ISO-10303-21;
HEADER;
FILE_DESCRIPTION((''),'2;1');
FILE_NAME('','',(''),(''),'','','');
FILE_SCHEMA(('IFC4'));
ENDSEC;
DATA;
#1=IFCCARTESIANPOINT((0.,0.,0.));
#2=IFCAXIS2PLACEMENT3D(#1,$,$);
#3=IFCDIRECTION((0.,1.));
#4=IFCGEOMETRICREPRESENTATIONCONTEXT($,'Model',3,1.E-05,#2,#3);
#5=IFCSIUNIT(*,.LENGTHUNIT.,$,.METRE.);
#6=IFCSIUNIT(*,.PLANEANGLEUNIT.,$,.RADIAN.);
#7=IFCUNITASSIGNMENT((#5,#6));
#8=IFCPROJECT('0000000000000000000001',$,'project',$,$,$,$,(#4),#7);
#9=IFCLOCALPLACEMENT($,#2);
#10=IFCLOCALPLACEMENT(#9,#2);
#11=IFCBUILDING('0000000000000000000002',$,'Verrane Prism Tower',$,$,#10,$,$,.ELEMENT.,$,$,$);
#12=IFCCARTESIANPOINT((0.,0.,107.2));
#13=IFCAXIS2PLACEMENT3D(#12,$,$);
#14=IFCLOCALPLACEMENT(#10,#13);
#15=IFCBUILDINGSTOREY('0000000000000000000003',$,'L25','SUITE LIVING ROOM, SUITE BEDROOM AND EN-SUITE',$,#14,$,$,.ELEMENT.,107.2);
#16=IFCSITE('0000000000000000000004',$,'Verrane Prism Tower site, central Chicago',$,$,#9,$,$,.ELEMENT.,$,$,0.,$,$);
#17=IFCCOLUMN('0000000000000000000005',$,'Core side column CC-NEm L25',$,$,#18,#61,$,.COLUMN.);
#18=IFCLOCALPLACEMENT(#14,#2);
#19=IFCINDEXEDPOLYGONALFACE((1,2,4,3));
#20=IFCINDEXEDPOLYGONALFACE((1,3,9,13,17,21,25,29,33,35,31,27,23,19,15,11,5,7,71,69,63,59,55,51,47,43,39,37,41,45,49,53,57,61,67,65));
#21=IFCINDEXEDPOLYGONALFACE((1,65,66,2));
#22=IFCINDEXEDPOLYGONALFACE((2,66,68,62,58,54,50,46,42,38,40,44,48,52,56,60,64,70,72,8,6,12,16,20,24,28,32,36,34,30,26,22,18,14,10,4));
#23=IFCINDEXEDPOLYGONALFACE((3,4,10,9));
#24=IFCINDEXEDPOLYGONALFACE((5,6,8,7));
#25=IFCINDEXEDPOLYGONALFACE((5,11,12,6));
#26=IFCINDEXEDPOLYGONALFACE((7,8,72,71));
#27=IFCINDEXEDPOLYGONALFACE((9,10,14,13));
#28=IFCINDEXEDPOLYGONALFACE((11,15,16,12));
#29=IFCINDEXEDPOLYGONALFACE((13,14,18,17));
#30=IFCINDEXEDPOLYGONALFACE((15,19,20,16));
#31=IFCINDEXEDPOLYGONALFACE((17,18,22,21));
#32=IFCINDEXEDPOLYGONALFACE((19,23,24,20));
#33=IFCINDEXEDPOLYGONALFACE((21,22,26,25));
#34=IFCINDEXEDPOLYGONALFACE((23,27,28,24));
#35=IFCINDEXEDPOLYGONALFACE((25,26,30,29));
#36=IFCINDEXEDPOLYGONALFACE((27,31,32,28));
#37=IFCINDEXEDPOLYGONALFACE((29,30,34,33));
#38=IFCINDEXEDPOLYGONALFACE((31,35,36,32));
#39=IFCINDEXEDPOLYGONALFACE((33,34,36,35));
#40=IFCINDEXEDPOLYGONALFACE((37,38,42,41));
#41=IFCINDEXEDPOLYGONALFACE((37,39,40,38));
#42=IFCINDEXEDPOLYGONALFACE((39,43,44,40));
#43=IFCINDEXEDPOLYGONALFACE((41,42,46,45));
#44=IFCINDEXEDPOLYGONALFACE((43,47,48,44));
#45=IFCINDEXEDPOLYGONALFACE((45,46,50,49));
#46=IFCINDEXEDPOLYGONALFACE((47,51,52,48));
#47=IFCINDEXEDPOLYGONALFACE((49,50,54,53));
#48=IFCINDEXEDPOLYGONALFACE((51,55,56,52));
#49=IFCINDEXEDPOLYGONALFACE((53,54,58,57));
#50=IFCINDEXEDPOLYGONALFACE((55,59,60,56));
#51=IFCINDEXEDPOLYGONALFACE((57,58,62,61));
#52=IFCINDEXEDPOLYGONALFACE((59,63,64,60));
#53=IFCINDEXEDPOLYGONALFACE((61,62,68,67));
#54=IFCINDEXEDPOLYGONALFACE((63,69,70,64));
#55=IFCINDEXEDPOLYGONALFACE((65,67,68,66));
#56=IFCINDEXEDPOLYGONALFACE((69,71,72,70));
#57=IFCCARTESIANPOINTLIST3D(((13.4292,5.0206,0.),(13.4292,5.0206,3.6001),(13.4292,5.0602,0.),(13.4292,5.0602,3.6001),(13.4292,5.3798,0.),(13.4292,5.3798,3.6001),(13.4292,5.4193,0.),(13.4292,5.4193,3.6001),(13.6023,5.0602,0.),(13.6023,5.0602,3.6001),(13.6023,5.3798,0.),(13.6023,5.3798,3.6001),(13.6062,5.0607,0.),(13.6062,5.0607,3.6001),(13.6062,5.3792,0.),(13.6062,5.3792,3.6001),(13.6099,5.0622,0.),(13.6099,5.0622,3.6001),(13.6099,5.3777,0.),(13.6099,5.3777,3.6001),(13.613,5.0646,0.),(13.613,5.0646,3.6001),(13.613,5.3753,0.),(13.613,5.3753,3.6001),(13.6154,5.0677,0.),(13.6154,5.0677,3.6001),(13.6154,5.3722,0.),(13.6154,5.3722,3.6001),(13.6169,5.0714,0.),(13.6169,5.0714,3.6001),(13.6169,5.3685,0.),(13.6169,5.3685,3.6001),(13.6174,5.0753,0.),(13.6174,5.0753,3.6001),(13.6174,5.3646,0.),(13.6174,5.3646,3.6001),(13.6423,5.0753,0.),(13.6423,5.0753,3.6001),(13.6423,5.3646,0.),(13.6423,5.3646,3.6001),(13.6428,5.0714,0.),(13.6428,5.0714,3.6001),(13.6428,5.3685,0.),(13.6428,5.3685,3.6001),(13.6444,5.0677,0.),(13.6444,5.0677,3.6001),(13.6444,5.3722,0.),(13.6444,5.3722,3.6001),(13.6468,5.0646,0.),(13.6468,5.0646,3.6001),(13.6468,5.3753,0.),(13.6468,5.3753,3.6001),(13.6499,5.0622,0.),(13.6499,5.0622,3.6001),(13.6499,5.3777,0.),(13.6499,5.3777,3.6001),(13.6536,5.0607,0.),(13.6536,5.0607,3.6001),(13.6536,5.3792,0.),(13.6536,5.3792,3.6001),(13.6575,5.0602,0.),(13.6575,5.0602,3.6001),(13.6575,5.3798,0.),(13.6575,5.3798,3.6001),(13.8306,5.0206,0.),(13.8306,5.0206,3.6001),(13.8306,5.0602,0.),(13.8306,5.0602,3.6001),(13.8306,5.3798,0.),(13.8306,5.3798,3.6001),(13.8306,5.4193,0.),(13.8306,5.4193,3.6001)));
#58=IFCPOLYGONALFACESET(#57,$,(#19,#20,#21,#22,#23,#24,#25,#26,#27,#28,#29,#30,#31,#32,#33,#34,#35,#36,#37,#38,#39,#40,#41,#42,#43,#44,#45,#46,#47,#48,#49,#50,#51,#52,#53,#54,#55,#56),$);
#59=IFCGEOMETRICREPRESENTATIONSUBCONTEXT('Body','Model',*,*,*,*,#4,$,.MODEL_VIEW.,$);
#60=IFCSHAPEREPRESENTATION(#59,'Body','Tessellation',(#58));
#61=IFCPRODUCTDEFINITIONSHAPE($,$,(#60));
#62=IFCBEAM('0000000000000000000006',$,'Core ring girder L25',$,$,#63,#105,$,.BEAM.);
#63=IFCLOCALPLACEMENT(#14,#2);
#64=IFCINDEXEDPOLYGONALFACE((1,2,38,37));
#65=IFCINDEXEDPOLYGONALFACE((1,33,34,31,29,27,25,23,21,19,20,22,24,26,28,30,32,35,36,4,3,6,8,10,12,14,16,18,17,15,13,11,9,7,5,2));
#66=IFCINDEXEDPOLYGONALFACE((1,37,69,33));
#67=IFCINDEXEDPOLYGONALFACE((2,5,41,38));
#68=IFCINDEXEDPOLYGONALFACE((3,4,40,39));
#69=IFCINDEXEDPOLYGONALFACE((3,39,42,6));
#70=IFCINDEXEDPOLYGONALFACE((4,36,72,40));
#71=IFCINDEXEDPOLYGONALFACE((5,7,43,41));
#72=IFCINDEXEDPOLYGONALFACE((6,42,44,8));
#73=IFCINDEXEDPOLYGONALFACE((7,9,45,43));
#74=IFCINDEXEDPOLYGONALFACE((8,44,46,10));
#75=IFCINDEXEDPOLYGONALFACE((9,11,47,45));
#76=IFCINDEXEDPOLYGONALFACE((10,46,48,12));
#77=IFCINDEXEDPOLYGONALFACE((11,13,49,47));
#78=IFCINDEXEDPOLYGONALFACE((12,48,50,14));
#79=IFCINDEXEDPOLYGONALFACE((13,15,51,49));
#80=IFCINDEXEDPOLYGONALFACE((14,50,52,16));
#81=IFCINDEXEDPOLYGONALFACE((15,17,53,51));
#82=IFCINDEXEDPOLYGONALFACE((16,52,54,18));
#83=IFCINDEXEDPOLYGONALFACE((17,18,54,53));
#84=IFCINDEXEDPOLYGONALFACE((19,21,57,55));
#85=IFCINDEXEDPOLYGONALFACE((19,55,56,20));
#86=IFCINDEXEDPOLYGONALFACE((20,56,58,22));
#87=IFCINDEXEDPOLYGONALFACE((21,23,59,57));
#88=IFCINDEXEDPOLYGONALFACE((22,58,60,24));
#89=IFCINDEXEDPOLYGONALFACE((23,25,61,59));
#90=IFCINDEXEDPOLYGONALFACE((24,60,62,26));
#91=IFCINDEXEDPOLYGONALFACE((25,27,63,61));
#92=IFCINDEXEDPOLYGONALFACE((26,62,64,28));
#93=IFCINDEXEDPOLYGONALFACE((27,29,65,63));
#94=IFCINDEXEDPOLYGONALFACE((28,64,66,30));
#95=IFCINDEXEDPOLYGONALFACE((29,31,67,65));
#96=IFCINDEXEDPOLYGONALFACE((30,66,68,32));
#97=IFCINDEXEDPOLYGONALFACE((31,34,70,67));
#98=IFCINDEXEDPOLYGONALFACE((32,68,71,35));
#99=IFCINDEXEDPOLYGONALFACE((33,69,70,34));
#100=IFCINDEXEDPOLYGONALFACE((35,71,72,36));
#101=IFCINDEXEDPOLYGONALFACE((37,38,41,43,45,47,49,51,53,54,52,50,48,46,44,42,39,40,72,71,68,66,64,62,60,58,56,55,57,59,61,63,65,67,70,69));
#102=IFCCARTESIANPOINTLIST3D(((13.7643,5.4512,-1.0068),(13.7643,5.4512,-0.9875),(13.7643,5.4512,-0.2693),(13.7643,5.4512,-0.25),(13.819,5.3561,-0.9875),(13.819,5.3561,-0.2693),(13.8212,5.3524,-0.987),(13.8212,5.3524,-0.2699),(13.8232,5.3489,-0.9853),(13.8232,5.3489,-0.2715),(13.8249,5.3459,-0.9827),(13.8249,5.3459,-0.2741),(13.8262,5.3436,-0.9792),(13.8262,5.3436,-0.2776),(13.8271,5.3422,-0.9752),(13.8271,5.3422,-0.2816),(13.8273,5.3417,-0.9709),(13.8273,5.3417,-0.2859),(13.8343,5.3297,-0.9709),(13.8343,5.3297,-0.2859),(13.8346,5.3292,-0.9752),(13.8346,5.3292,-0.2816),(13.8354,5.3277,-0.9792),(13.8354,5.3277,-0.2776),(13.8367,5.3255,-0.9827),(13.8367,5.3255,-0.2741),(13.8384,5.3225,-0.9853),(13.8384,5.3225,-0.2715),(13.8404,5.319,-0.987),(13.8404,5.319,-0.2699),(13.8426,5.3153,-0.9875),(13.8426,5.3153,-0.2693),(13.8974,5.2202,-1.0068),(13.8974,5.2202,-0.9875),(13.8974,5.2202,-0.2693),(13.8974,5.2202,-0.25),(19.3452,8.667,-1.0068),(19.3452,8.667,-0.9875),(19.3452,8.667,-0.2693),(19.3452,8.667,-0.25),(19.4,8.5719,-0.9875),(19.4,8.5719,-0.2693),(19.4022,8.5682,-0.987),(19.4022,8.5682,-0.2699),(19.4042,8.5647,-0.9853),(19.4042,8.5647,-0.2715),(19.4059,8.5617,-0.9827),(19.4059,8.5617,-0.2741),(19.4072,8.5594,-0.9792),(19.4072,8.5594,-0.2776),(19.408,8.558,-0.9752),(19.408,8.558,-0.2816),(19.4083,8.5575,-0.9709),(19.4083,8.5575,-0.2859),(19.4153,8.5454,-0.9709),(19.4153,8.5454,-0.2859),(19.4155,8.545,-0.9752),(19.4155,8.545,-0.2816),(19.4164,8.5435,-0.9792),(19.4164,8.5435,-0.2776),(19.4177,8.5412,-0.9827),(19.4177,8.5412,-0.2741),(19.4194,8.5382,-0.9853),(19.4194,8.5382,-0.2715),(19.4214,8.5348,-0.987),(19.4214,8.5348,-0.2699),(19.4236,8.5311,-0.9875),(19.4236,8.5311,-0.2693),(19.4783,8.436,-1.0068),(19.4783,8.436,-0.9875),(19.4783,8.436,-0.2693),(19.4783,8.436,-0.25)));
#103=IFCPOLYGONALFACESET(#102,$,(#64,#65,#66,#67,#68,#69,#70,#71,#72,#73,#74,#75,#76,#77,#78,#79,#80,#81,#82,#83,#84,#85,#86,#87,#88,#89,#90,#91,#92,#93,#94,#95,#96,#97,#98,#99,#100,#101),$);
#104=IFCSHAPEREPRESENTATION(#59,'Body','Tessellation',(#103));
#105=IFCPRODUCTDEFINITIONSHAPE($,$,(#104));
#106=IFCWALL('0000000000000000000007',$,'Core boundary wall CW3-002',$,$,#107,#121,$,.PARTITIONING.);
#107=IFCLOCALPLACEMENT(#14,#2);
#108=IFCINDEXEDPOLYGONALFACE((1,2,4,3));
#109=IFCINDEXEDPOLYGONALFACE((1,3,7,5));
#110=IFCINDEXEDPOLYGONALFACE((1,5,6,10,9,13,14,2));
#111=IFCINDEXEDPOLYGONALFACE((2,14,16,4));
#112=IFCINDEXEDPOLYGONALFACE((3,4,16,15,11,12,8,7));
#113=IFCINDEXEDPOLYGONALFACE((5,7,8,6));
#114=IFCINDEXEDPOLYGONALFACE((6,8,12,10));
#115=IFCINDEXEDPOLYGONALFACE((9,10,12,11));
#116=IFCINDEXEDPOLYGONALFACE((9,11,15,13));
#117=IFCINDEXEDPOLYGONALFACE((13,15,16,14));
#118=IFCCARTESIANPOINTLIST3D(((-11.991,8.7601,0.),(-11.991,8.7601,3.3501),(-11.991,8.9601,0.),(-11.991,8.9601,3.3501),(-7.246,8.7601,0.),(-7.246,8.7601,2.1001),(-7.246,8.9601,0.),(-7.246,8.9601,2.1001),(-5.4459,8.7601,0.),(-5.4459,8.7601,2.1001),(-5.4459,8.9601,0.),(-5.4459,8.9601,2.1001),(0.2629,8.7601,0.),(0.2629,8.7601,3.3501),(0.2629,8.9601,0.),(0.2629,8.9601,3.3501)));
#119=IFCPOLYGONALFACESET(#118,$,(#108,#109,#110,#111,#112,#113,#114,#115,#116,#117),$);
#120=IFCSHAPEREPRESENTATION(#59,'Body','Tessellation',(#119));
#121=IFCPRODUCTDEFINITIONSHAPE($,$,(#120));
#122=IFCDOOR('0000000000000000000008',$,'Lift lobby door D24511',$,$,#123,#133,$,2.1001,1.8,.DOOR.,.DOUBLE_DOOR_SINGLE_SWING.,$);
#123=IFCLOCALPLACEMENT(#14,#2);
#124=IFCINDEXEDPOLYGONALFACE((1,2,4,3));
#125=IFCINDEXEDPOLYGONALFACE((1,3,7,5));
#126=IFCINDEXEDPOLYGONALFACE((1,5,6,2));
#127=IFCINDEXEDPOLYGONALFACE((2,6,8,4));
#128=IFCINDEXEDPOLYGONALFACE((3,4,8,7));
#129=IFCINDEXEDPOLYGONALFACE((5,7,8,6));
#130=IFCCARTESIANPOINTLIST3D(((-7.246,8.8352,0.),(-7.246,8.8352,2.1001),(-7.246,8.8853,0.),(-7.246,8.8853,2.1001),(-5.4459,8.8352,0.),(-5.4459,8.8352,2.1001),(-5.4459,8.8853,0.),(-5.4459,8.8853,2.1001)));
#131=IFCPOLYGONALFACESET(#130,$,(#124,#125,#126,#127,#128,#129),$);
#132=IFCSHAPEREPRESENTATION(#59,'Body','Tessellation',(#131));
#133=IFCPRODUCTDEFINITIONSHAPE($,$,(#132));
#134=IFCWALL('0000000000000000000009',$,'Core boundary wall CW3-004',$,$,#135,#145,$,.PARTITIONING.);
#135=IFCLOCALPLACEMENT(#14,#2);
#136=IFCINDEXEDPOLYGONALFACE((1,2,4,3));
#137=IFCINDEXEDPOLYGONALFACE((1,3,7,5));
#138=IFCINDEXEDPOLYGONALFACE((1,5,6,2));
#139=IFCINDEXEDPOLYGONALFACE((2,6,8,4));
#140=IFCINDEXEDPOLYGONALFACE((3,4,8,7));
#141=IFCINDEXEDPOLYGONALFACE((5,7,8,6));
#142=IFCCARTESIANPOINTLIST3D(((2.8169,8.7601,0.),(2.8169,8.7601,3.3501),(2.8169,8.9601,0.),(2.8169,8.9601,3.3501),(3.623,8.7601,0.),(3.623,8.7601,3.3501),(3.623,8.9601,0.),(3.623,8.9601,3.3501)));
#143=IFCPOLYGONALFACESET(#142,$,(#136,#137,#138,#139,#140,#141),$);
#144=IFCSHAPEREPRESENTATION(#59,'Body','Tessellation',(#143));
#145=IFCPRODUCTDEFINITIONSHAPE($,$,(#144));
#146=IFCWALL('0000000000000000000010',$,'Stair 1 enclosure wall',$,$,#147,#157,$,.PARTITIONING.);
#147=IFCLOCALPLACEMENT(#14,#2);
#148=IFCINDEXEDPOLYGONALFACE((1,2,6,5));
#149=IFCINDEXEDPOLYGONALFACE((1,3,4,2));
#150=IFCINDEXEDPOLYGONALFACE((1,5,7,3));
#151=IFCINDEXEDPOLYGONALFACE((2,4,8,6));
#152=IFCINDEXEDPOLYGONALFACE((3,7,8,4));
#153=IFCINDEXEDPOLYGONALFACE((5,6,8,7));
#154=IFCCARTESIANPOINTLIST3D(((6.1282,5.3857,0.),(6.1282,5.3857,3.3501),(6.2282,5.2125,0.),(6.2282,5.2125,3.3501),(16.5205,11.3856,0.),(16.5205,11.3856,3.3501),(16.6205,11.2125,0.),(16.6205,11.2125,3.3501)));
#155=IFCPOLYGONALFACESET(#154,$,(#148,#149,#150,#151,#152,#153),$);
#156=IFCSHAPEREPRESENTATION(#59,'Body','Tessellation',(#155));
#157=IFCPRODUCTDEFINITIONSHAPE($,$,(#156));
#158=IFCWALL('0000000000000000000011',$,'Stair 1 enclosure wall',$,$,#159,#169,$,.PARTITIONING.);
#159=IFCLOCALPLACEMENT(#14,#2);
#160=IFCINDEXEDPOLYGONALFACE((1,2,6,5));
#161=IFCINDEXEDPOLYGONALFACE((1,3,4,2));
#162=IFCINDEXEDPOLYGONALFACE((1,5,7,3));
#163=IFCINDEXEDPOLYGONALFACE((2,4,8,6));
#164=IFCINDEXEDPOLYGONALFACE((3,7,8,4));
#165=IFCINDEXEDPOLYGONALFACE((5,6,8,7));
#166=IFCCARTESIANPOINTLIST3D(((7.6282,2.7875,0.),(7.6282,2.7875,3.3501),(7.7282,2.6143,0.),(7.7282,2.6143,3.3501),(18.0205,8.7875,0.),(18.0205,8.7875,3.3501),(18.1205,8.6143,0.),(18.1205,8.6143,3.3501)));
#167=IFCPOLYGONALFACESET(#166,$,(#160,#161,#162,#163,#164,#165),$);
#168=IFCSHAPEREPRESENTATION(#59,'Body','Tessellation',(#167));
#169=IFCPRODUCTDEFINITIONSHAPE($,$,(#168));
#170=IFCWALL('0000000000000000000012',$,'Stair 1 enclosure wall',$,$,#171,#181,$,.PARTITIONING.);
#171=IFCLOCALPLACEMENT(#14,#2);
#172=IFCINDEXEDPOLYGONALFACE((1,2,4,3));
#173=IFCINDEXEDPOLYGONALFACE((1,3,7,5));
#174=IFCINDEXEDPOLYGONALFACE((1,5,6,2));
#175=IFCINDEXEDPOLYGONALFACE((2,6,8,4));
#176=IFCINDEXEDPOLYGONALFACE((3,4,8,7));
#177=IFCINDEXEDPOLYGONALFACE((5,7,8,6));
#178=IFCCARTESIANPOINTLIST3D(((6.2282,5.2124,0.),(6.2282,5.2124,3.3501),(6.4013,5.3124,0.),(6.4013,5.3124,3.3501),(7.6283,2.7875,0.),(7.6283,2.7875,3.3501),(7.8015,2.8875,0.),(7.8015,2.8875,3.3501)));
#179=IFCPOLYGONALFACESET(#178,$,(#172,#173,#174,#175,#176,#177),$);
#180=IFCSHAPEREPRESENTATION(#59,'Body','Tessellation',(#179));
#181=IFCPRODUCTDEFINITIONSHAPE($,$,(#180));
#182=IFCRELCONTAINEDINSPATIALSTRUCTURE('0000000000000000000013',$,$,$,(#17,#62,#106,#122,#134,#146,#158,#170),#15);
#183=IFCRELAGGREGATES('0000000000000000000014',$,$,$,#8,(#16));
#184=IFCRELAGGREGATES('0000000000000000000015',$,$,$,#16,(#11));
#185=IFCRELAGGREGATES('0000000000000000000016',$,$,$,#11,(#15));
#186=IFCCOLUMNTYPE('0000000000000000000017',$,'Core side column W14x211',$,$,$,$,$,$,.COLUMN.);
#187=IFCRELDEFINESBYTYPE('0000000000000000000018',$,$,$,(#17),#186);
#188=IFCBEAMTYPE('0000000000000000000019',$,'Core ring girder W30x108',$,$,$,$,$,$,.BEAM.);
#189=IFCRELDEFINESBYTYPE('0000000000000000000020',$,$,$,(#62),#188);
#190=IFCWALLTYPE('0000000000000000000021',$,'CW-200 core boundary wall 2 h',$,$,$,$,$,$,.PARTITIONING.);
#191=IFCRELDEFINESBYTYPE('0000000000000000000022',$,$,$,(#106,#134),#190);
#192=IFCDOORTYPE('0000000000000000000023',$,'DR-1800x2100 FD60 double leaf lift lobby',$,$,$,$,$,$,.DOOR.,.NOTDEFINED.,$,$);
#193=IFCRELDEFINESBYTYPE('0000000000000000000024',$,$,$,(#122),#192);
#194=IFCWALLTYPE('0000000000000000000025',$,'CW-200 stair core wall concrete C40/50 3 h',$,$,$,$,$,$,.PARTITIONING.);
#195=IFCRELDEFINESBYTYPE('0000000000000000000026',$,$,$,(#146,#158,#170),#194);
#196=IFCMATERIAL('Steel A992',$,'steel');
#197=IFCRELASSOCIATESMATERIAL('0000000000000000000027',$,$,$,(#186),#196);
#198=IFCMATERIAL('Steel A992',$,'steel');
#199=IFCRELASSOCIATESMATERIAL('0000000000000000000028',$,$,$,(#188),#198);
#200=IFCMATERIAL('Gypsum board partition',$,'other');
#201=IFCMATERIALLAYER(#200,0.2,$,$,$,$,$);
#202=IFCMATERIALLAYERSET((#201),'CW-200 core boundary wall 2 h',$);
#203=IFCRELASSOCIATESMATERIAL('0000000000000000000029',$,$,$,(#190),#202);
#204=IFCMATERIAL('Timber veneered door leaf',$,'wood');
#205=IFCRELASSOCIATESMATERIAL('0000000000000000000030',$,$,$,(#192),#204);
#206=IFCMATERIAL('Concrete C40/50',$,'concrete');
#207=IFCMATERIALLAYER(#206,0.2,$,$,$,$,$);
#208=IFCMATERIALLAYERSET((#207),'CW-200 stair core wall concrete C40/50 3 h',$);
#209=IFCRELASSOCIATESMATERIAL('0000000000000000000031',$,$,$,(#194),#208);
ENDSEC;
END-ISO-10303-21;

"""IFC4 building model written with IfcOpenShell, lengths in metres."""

from ifc_helpers import new_model, si_unit, direction, frame, frame_2d, origin, origin_2d, place, context, subcontext, project, spatial, rectangle, i_section, extrude, material, layer, layer_set, material_profile, profile_set, type_object, element, fill, save


model = new_model("IFC4")

# Units and contexts
model_context = context("Model", 3, precision=1e-05, world=origin(), true_north=direction((0.0, 1.0)))
body_context = subcontext(model_context, "Body", "Model", "MODEL_VIEW")
ifc_project = project(units=[si_unit("LENGTHUNIT", "METRE"), si_unit("PLANEANGLEUNIT", "RADIAN")], contexts=[model_context])

# Site, building, storey
site_placement = place(None, origin())
site = spatial("IfcSite", under=ifc_project, at=site_placement, Name="Verrane Prism Tower site, central Chicago", CompositionType="ELEMENT", RefElevation=0.0)
building_placement = place(site_placement, origin())
building = spatial("IfcBuilding", under=site, at=building_placement, Name="Verrane Prism Tower", CompositionType="ELEMENT")
storey_placement = place(building_placement, frame((0.0, 0.0, 107.2)))
storey = spatial("IfcBuildingStorey", under=building, at=storey_placement, Name="L25", Description="SUITE LIVING ROOM, SUITE BEDROOM AND EN-SUITE", CompositionType="ELEMENT", Elevation=107.2)

# Column
ifc_material_1 = material(Name="Steel A992", Category="steel")
ifc_material_profile_1 = material_profile(ifc_material_1, i_section(OverallWidth=0.4014, OverallDepth=0.3987, WebThickness=0.0249, FlangeThickness=0.0396, FilletRadius=0.0151, at=origin_2d()), Name="W14x211")
ifc_profile_set_1 = profile_set([ifc_material_profile_1], Name="Steel A992")
column_type = type_object("IfcColumnType", Name="Core side column W14x211", PredefinedType="COLUMN", material=ifc_profile_set_1)
column_placement = place(storey_placement, frame((13.6299, 5.22, 0.0), z_axis=(0.0, 0.0, 1.0), x_axis=(1.0, 0.0, 0.0)))
element("IfcColumn", 1, at=column_placement, inside=storey, type_object=column_type, Name="Core side column CC-NEm L25", PredefinedType="COLUMN", context=body_context, shape_type="SweptSolid", body=[
    extrude(i_section(OverallWidth=0.4014, OverallDepth=0.3987, WebThickness=0.0249, FlangeThickness=0.0396, FilletRadius=0.0151, at=origin_2d()), origin(), (0.0, 0.0, 1.0), 3.6001),
])

# Beam
ifc_material_2 = material(Name="Steel A992", Category="steel")
ifc_material_profile_2 = material_profile(ifc_material_2, i_section(OverallWidth=0.2666, OverallDepth=0.7568, WebThickness=0.0139, FlangeThickness=0.0193, FilletRadius=0.0166, at=origin_2d()), Name="W30x108")
ifc_profile_set_2 = profile_set([ifc_material_profile_2], Name="Steel A992")
beam_type = type_object("IfcBeamType", Name="Core ring girder W30x108", PredefinedType="BEAM", material=ifc_profile_set_2)
beam_placement = place(storey_placement, frame((13.8308, 5.3357, -0.6284), z_axis=(0.866456, 0.499254, 0.0), x_axis=(-0.499254, 0.866456, 0.0)))
element("IfcBeam", 2, at=beam_placement, inside=storey, type_object=beam_type, Name="Core ring girder L25", PredefinedType="BEAM", context=body_context, shape_type="SweptSolid", body=[
    extrude(i_section(OverallWidth=0.2666, OverallDepth=0.7568, WebThickness=0.0139, FlangeThickness=0.0193, FilletRadius=0.0166, at=origin_2d()), origin(), (0.0, 0.0, 1.0), 6.4412),
])

# Wall, opening, door
ifc_material_3 = material(Name="Gypsum board partition", Category="other")
ifc_layer_1 = layer(ifc_material_3, 0.2)
ifc_layer_set_1 = layer_set([ifc_layer_1], Name="CW-200 core boundary wall 2 h")
wall_type_1 = type_object("IfcWallType", Name="CW-200 core boundary wall 2 h", PredefinedType="PARTITIONING", material=ifc_layer_set_1)
wall_1_placement = place(storey_placement, frame((0.2629, 8.8601, 0.0), z_axis=(0.0, 0.0, 1.0), x_axis=(-1.0, 0.0, 0.0)))
wall_1 = element("IfcWall", 3, at=wall_1_placement, inside=storey, type_object=wall_type_1, Name="Core boundary wall CW3-002", PredefinedType="PARTITIONING", context=body_context, shape_type="SweptSolid", body=[
    extrude(rectangle(XDim=12.2539, YDim=0.2, at=frame_2d((6.127, 0.0))), origin(), (0.0, 0.0, 1.0), 3.3501),
])
opening_1_placement = place(wall_1_placement, frame((5.709, 0.0, 0.0)))
opening_1 = element("IfcOpeningElement", 4, at=opening_1_placement, cuts=wall_1, PredefinedType="OPENING", context=body_context, shape_type="SweptSolid", body=[
    extrude(rectangle(XDim=1.8, YDim=2.1001, at=frame_2d((0.8999, 1.05))), frame((0.0, 0.1099, 0.0), z_axis=(0.0, -1.0, 0.0), x_axis=(1.0, 0.0, 0.0)), (0.0, 0.0, 1.0), 0.22),
])
ifc_material_4 = material(Name="Timber veneered door leaf", Category="wood")
door_type_1 = type_object("IfcDoorType", Name="DR-1800x2100 FD60 double leaf lift lobby", OperationType="NOTDEFINED", PredefinedType="DOOR", material=ifc_material_4)
door_1_placement = place(opening_1_placement, origin())
door_1 = element("IfcDoor", 5, at=door_1_placement, inside=storey, type_object=door_type_1, Name="Lift lobby door D24511", OperationType="DOUBLE_DOOR_SINGLE_SWING", OverallHeight=2.1001, OverallWidth=1.8, PredefinedType="DOOR", context=body_context, shape_type="SweptSolid", body=[
    extrude(rectangle(XDim=1.8, YDim=2.1001, at=frame_2d((0.8999, 1.05))), frame((0.0, 0.0249, 0.0), z_axis=(0.0, -1.0, 0.0), x_axis=(1.0, 0.0, 0.0)), (0.0, 0.0, 1.0), 0.05),
])
fill(opening_1, door_1)

# Walls
wall_2_placement = place(storey_placement, frame((2.8169, 8.8601, 0.0), z_axis=(0.0, 0.0, 1.0), x_axis=(1.0, 0.0, 0.0)))
element("IfcWall", 6, at=wall_2_placement, inside=storey, type_object=wall_type_1, Name="Core boundary wall CW3-004", PredefinedType="PARTITIONING", context=body_context, shape_type="SweptSolid", body=[
    extrude(rectangle(XDim=0.8062, YDim=0.2, at=frame_2d((0.4031, 0.0))), origin(), (0.0, 0.0, 1.0), 3.3501),
])
ifc_material_5 = material(Name="Concrete C40/50", Category="concrete")
ifc_layer_2 = layer(ifc_material_5, 0.2)
ifc_layer_set_2 = layer_set([ifc_layer_2], Name="CW-200 stair core wall concrete C40/50 3 h")
wall_type_2 = type_object("IfcWallType", Name="CW-200 stair core wall concrete C40/50 3 h", PredefinedType="PARTITIONING", material=ifc_layer_set_2)
for number, where, z_axis, x_axis, name in (
    (7, (6.1782, 5.2991, 0.0), (0.0, 0.0, 1.0), (0.866026, 0.499999, 0.0), "Stair 1 enclosure wall"),
    (8, (7.6782, 2.7009, 0.0), (0.0, 0.0, 1.0), (0.866026, 0.499999, 0.0), "Stair 1 enclosure wall"),
):
    element("IfcWall", number, at=place(storey_placement, frame(where, z_axis=z_axis, x_axis=x_axis)), inside=storey, type_object=wall_type_2, Name=name, PredefinedType="PARTITIONING", context=body_context, shape_type="SweptSolid", body=[
        extrude(rectangle(XDim=12.0, YDim=0.2, at=frame_2d((6.0, 0.0))), origin(), (0.0, 0.0, 1.0), 3.3501),
    ])
wall_3_placement = place(storey_placement, frame((7.7148, 2.8376, 0.0), z_axis=(0.0, 0.0, 1.0), x_axis=(-0.50005, 0.865997, 0.0)))
element("IfcWall", 9, at=wall_3_placement, inside=storey, type_object=wall_type_2, Name="Stair 1 enclosure wall", PredefinedType="PARTITIONING", context=body_context, shape_type="SweptSolid", body=[
    extrude(rectangle(XDim=2.8, YDim=0.2, at=frame_2d((1.3999, 0.0))), origin(), (0.0, 0.0, 1.0), 3.3501),
])

save(model, "model.ifc")
